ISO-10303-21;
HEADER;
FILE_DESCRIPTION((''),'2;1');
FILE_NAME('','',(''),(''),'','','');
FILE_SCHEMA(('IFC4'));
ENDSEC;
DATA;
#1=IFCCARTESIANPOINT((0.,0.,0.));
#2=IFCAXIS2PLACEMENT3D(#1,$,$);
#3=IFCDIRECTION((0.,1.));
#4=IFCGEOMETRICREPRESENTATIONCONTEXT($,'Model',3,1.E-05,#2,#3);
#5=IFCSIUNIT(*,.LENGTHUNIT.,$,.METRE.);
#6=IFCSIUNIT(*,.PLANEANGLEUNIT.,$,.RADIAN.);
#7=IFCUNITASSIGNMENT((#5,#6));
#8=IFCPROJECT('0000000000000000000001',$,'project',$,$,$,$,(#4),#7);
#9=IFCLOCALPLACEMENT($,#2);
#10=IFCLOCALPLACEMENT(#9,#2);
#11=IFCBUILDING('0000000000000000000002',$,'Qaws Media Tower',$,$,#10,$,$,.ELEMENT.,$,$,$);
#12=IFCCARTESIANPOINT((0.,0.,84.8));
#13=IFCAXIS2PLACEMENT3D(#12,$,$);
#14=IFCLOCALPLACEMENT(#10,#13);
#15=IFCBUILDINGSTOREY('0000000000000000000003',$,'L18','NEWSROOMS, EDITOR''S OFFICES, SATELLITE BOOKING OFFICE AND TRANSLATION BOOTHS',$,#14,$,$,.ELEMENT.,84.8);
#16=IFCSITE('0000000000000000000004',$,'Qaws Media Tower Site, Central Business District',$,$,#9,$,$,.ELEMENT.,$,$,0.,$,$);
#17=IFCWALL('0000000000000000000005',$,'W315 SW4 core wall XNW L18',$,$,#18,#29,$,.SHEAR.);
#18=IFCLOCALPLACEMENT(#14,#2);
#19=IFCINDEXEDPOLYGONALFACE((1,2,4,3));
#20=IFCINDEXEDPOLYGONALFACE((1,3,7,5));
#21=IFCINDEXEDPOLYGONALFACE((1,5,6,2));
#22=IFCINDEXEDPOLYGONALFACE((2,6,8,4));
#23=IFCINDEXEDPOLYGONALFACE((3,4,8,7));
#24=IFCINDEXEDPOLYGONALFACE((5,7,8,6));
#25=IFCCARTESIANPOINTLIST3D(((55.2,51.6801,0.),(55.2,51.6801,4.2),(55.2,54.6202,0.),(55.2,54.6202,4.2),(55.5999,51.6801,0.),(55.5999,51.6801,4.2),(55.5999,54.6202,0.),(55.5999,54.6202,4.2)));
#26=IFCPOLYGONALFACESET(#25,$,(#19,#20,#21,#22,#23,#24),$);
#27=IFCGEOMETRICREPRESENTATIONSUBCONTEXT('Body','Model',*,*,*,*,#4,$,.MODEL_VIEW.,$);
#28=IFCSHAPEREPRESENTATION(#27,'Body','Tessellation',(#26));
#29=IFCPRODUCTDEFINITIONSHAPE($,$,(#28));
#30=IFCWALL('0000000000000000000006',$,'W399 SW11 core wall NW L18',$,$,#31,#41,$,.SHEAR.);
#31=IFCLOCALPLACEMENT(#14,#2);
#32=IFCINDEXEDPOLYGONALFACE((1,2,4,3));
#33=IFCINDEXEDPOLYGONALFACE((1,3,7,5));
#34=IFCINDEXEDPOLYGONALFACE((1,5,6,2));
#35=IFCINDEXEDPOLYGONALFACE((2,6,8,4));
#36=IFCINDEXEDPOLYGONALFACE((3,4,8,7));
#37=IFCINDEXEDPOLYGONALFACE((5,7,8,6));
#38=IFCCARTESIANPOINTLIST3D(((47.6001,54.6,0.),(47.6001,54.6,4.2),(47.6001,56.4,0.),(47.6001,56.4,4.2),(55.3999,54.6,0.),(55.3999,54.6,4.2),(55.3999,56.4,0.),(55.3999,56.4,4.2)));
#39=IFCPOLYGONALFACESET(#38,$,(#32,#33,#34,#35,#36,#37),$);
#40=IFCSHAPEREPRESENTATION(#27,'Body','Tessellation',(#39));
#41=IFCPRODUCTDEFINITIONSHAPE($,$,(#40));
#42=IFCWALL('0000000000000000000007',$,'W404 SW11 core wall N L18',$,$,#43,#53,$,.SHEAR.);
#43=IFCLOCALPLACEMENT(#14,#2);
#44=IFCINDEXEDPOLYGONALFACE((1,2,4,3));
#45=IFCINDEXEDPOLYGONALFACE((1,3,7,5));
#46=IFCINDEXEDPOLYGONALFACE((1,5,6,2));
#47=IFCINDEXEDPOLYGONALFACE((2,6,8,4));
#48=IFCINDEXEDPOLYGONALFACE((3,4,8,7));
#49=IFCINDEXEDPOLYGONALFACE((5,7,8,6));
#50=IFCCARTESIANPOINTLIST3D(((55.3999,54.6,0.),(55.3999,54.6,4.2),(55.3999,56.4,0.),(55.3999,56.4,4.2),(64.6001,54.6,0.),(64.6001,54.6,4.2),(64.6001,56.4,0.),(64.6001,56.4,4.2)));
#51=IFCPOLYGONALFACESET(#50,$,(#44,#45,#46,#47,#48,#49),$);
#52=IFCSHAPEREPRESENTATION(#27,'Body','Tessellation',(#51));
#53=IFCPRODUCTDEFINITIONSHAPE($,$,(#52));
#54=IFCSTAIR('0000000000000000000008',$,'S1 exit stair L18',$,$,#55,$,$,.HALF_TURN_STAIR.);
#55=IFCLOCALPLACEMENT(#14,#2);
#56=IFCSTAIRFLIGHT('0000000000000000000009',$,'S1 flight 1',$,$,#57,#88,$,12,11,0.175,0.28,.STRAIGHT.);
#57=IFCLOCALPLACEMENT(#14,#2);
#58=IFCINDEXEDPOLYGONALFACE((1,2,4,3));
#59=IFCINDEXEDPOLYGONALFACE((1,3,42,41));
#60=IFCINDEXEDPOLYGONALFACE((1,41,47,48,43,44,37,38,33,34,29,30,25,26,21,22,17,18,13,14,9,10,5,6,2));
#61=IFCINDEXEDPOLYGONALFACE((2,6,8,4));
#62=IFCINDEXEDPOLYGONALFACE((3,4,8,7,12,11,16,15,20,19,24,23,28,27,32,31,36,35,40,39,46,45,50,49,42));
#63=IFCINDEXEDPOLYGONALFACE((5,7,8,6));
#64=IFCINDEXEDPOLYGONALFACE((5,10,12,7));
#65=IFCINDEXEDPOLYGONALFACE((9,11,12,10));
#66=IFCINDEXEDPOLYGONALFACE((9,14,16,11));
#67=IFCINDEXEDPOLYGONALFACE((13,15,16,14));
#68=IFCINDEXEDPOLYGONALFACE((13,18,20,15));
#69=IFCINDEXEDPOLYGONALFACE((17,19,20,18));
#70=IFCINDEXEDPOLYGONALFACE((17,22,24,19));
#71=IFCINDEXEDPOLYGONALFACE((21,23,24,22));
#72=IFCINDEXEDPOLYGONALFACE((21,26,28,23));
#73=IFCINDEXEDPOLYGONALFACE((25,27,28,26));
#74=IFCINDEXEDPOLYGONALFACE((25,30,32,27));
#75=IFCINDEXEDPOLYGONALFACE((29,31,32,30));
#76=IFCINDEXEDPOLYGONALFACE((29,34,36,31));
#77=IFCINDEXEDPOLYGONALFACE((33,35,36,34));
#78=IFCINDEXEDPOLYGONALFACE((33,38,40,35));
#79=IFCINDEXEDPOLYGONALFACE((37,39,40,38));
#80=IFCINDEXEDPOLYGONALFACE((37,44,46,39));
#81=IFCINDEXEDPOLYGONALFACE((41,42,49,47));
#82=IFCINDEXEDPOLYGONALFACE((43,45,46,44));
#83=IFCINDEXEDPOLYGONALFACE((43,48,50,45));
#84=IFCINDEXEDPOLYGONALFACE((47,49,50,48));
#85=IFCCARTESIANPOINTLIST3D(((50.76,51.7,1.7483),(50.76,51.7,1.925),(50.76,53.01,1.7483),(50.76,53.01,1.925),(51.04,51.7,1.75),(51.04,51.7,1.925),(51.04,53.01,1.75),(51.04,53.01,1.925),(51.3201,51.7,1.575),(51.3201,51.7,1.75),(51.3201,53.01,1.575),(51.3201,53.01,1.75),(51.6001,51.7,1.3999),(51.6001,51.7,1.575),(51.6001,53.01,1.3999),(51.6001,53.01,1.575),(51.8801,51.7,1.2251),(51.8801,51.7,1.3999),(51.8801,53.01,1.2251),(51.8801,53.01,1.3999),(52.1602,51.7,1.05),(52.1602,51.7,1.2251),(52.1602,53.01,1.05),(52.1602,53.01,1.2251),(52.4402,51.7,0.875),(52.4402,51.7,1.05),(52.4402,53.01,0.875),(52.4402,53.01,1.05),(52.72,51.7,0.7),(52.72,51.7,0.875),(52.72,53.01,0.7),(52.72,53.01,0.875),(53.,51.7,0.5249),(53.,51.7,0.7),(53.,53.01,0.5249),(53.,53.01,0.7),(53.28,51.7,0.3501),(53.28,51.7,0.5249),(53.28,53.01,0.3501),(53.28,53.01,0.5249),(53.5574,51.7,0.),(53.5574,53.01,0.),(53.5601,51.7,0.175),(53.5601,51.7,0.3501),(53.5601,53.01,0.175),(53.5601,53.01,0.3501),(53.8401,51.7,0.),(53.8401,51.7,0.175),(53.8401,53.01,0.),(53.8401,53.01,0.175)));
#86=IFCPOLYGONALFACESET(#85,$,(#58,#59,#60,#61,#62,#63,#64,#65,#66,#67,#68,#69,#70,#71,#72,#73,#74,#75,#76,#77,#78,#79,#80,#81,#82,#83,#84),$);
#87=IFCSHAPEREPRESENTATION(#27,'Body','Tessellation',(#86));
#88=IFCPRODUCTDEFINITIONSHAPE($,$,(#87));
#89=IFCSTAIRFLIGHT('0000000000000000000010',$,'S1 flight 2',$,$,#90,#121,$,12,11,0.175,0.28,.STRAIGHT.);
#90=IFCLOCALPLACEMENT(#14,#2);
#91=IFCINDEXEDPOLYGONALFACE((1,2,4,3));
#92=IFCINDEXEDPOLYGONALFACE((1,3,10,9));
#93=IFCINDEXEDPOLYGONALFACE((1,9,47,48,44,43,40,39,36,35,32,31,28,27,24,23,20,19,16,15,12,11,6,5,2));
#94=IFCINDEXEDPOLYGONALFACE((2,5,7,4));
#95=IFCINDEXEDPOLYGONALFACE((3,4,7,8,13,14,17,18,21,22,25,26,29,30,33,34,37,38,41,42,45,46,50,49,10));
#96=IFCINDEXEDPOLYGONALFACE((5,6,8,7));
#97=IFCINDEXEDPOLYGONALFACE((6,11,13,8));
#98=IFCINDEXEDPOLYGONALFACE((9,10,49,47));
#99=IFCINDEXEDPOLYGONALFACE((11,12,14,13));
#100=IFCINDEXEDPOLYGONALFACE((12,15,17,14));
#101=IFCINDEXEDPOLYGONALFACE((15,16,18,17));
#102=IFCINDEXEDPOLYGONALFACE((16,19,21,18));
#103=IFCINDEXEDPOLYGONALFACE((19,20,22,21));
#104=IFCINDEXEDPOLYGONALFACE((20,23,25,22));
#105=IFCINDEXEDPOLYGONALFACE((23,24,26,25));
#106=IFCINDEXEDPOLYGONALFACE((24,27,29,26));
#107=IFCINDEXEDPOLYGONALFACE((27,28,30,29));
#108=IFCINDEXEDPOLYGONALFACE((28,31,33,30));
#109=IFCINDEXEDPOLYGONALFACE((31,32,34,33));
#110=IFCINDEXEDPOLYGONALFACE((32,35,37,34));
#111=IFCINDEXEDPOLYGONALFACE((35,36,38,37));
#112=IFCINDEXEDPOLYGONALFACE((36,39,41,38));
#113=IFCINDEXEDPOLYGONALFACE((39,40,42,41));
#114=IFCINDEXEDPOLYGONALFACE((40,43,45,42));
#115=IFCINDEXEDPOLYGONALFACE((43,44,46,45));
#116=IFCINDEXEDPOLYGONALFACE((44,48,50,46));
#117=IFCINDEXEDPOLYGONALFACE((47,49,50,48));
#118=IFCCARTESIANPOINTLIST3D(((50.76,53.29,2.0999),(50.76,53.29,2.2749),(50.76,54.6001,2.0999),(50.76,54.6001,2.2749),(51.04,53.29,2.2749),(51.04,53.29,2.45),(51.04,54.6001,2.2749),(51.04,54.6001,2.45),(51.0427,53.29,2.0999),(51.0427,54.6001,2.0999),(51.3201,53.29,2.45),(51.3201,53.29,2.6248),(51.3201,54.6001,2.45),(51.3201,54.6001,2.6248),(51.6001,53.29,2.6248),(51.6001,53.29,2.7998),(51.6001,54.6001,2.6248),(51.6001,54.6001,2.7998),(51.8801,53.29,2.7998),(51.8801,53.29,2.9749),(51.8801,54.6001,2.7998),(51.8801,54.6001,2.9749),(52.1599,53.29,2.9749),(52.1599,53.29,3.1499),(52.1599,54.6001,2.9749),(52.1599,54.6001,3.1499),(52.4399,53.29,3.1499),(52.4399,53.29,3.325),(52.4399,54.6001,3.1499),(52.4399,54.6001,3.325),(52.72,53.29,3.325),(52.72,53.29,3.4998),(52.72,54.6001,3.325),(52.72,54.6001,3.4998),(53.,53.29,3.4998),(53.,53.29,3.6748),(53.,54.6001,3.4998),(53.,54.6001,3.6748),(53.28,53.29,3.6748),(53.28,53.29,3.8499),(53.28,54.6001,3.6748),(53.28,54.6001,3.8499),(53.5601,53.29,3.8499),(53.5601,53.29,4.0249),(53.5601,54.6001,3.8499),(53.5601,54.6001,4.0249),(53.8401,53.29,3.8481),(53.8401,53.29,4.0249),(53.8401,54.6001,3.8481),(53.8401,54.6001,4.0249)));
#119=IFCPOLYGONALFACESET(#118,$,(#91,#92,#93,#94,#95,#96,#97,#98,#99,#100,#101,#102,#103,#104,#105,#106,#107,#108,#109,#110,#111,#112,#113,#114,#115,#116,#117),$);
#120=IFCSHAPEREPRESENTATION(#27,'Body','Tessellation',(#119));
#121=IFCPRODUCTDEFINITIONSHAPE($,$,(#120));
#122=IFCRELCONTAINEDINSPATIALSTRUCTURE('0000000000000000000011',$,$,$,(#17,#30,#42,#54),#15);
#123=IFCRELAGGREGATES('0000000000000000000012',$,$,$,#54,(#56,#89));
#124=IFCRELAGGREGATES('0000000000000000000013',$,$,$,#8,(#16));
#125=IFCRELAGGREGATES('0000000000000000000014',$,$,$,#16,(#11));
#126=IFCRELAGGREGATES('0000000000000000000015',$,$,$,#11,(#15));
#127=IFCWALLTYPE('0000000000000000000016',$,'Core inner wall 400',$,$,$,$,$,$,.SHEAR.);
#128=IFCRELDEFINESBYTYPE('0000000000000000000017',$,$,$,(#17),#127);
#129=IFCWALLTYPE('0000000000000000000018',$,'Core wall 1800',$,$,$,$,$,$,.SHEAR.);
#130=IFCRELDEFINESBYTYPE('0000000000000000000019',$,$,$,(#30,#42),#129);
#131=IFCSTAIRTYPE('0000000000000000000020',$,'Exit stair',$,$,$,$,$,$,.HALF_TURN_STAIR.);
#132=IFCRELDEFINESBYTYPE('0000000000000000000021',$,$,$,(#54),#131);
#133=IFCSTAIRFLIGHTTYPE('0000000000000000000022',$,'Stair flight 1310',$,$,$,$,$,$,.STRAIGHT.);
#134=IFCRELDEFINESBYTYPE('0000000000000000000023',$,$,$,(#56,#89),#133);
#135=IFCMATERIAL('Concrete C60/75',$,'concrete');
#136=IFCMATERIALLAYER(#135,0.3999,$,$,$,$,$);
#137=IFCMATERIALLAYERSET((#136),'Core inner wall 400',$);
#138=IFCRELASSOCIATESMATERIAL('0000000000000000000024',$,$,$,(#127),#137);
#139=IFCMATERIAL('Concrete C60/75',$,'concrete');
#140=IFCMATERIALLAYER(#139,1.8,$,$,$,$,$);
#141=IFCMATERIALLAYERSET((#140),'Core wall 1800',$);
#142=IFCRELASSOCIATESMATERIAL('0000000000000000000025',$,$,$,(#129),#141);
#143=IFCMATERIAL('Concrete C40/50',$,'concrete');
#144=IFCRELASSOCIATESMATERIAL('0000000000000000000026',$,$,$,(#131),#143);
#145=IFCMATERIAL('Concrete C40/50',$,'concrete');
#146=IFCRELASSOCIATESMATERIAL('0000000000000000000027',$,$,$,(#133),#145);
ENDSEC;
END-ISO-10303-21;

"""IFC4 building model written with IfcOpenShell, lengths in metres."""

from ifc_helpers import new_model, si_unit, direction, frame, frame_2d, origin, place, context, subcontext, project, spatial, polyline, rectangle, outline, extrude, material, layer, layer_set, type_object, element, aggregate, save


model = new_model("IFC4")

# Units and contexts
model_context = context("Model", 3, precision=1e-05, world=origin(), true_north=direction((0.0, 1.0)))
body_context = subcontext(model_context, "Body", "Model", "MODEL_VIEW")
ifc_project = project(units=[si_unit("LENGTHUNIT", "METRE"), si_unit("PLANEANGLEUNIT", "RADIAN")], contexts=[model_context])

# Site, building, storey
site_placement = place(None, origin())
site = spatial("IfcSite", under=ifc_project, at=site_placement, Name="Qaws Media Tower Site, Central Business District", CompositionType="ELEMENT", RefElevation=0.0)
building_placement = place(site_placement, origin())
building = spatial("IfcBuilding", under=site, at=building_placement, Name="Qaws Media Tower", CompositionType="ELEMENT")
storey_placement = place(building_placement, frame((0.0, 0.0, 84.8)))
storey = spatial("IfcBuildingStorey", under=building, at=storey_placement, Name="L18", Description="NEWSROOMS, EDITOR'S OFFICES, SATELLITE BOOKING OFFICE AND TRANSLATION BOOTHS", CompositionType="ELEMENT", Elevation=84.8)

# Shared definitions
ifc_material_1 = material(Name="Concrete C60/75", Category="concrete")
ifc_layer_1 = layer(ifc_material_1, 0.3999)
ifc_layer_set_1 = layer_set([ifc_layer_1], Name="Core inner wall 400")
wall_type_1 = type_object("IfcWallType", Name="Core inner wall 400", PredefinedType="SHEAR", material=ifc_layer_set_1)

# Walls
wall_1_placement = place(storey_placement, frame((55.3999, 51.6799, 0.0), z_axis=(0.0, 0.0, 1.0), x_axis=(0.0, 1.0, 0.0)))
element("IfcWall", 1, at=wall_1_placement, inside=storey, type_object=wall_type_1, Name="W315 SW4 core wall XNW L18", PredefinedType="SHEAR", context=body_context, shape_type="SweptSolid", body=[
    extrude(rectangle(XDim=2.9402, YDim=0.3999, at=frame_2d((1.4702, 0.0))), origin(), (0.0, 0.0, 1.0), 4.2),
])
ifc_material_2 = material(Name="Concrete C60/75", Category="concrete")
ifc_layer_2 = layer(ifc_material_2, 1.8)
ifc_layer_set_2 = layer_set([ifc_layer_2], Name="Core wall 1800")
wall_type_2 = type_object("IfcWallType", Name="Core wall 1800", PredefinedType="SHEAR", material=ifc_layer_set_2)
wall_2_placement = place(storey_placement, frame((47.6001, 55.5, 0.0), z_axis=(0.0, 0.0, 1.0), x_axis=(1.0, 0.0, 0.0)))
element("IfcWall", 2, at=wall_2_placement, inside=storey, type_object=wall_type_2, Name="W399 SW11 core wall NW L18", PredefinedType="SHEAR", context=body_context, shape_type="SweptSolid", body=[
    extrude(rectangle(XDim=7.7998, YDim=1.8, at=frame_2d((3.8999, 0.0))), origin(), (0.0, 0.0, 1.0), 4.2),
])
wall_3_placement = place(storey_placement, frame((55.3999, 55.5, 0.0), z_axis=(0.0, 0.0, 1.0), x_axis=(1.0, 0.0, 0.0)))
element("IfcWall", 3, at=wall_3_placement, inside=storey, type_object=wall_type_2, Name="W404 SW11 core wall N L18", PredefinedType="SHEAR", context=body_context, shape_type="SweptSolid", body=[
    extrude(rectangle(XDim=9.2002, YDim=1.8, at=frame_2d((4.6001, 0.0))), origin(), (0.0, 0.0, 1.0), 4.2),
])

# Stair, stair flights
ifc_material_3 = material(Name="Concrete C40/50", Category="concrete")
stair_type = type_object("IfcStairType", Name="Exit stair", PredefinedType="HALF_TURN_STAIR", material=ifc_material_3)
stair_placement = place(storey_placement, origin())
stair = element("IfcStair", 4, at=stair_placement, inside=storey, type_object=stair_type, Name="S1 exit stair L18", PredefinedType="HALF_TURN_STAIR")
ifc_material_4 = material(Name="Concrete C40/50", Category="concrete")
stair_flight_type = type_object("IfcStairFlightType", Name="Stair flight 1310", PredefinedType="STRAIGHT", material=ifc_material_4)
stair_flight_1_placement = place(storey_placement, frame((53.8401, 52.355, 0.0), z_axis=(0.0, 0.0, 1.0), x_axis=(-1.0, 0.0, 0.0)))
stair_flight_1 = element("IfcStairFlight", 5, at=stair_flight_1_placement, type_object=stair_flight_type, Name="S1 flight 1", NumberOfRisers=12, NumberOfTreads=11, PredefinedType="STRAIGHT", RiserHeight=0.175, TreadLength=0.28, context=body_context, shape_type="SweptSolid", body=[
    extrude(outline(polyline([(0.0, 0.0), (0.0, 0.175), (0.28, 0.175), (0.28, 0.3501), (0.5601, 0.3501), (0.5601, 0.5249), (0.8401, 0.5249), (0.8401, 0.7), (1.1201, 0.7), (1.1201, 0.875), (1.3999, 0.875), (1.3999, 1.05), (1.6799, 1.05), (1.6799, 1.2251), (1.96, 1.2251), (1.96, 1.3999), (2.24, 1.3999), (2.24, 1.575), (2.52, 1.575), (2.52, 1.75), (2.8, 1.75), (2.8, 1.925), (3.0801, 1.925), (3.0801, 2.1001), (3.0801, 1.7483), (0.2827, 0.0), (0.0, 0.0)])), frame((0.0, 0.655, 0.0), z_axis=(0.0, -1.0, 0.0), x_axis=(1.0, 0.0, 0.0)), (0.0, 0.0, 1.0), 1.3101),
])
stair_flight_2_placement = place(storey_placement, frame((50.76, 53.9451, 2.0999), z_axis=(0.0, 0.0, 1.0), x_axis=(1.0, 0.0, 0.0)))
stair_flight_2 = element("IfcStairFlight", 6, at=stair_flight_2_placement, type_object=stair_flight_type, Name="S1 flight 2", NumberOfRisers=12, NumberOfTreads=11, PredefinedType="STRAIGHT", RiserHeight=0.175, TreadLength=0.28, context=body_context, shape_type="SweptSolid", body=[
    extrude(outline(polyline([(0.0, 0.0), (0.0, 0.175), (0.28, 0.175), (0.28, 0.3501), (0.5601, 0.3501), (0.5601, 0.5249), (0.8401, 0.5249), (0.8401, 0.7), (1.1201, 0.7), (1.1201, 0.875), (1.3999, 0.875), (1.3999, 1.05), (1.6799, 1.05), (1.6799, 1.2251), (1.96, 1.2251), (1.96, 1.3999), (2.24, 1.3999), (2.24, 1.575), (2.52, 1.575), (2.52, 1.75), (2.8, 1.75), (2.8, 1.925), (3.0801, 1.925), (3.0801, 2.1001), (3.0801, 1.7483), (0.2827, 0.0), (0.0, 0.0)])), frame((0.0, 0.655, 0.0), z_axis=(0.0, -1.0, 0.0), x_axis=(1.0, 0.0, 0.0)), (0.0, 0.0, 1.0), 1.3101),
])
aggregate(stair, [stair_flight_1, stair_flight_2])

save(model, "model.ifc")
